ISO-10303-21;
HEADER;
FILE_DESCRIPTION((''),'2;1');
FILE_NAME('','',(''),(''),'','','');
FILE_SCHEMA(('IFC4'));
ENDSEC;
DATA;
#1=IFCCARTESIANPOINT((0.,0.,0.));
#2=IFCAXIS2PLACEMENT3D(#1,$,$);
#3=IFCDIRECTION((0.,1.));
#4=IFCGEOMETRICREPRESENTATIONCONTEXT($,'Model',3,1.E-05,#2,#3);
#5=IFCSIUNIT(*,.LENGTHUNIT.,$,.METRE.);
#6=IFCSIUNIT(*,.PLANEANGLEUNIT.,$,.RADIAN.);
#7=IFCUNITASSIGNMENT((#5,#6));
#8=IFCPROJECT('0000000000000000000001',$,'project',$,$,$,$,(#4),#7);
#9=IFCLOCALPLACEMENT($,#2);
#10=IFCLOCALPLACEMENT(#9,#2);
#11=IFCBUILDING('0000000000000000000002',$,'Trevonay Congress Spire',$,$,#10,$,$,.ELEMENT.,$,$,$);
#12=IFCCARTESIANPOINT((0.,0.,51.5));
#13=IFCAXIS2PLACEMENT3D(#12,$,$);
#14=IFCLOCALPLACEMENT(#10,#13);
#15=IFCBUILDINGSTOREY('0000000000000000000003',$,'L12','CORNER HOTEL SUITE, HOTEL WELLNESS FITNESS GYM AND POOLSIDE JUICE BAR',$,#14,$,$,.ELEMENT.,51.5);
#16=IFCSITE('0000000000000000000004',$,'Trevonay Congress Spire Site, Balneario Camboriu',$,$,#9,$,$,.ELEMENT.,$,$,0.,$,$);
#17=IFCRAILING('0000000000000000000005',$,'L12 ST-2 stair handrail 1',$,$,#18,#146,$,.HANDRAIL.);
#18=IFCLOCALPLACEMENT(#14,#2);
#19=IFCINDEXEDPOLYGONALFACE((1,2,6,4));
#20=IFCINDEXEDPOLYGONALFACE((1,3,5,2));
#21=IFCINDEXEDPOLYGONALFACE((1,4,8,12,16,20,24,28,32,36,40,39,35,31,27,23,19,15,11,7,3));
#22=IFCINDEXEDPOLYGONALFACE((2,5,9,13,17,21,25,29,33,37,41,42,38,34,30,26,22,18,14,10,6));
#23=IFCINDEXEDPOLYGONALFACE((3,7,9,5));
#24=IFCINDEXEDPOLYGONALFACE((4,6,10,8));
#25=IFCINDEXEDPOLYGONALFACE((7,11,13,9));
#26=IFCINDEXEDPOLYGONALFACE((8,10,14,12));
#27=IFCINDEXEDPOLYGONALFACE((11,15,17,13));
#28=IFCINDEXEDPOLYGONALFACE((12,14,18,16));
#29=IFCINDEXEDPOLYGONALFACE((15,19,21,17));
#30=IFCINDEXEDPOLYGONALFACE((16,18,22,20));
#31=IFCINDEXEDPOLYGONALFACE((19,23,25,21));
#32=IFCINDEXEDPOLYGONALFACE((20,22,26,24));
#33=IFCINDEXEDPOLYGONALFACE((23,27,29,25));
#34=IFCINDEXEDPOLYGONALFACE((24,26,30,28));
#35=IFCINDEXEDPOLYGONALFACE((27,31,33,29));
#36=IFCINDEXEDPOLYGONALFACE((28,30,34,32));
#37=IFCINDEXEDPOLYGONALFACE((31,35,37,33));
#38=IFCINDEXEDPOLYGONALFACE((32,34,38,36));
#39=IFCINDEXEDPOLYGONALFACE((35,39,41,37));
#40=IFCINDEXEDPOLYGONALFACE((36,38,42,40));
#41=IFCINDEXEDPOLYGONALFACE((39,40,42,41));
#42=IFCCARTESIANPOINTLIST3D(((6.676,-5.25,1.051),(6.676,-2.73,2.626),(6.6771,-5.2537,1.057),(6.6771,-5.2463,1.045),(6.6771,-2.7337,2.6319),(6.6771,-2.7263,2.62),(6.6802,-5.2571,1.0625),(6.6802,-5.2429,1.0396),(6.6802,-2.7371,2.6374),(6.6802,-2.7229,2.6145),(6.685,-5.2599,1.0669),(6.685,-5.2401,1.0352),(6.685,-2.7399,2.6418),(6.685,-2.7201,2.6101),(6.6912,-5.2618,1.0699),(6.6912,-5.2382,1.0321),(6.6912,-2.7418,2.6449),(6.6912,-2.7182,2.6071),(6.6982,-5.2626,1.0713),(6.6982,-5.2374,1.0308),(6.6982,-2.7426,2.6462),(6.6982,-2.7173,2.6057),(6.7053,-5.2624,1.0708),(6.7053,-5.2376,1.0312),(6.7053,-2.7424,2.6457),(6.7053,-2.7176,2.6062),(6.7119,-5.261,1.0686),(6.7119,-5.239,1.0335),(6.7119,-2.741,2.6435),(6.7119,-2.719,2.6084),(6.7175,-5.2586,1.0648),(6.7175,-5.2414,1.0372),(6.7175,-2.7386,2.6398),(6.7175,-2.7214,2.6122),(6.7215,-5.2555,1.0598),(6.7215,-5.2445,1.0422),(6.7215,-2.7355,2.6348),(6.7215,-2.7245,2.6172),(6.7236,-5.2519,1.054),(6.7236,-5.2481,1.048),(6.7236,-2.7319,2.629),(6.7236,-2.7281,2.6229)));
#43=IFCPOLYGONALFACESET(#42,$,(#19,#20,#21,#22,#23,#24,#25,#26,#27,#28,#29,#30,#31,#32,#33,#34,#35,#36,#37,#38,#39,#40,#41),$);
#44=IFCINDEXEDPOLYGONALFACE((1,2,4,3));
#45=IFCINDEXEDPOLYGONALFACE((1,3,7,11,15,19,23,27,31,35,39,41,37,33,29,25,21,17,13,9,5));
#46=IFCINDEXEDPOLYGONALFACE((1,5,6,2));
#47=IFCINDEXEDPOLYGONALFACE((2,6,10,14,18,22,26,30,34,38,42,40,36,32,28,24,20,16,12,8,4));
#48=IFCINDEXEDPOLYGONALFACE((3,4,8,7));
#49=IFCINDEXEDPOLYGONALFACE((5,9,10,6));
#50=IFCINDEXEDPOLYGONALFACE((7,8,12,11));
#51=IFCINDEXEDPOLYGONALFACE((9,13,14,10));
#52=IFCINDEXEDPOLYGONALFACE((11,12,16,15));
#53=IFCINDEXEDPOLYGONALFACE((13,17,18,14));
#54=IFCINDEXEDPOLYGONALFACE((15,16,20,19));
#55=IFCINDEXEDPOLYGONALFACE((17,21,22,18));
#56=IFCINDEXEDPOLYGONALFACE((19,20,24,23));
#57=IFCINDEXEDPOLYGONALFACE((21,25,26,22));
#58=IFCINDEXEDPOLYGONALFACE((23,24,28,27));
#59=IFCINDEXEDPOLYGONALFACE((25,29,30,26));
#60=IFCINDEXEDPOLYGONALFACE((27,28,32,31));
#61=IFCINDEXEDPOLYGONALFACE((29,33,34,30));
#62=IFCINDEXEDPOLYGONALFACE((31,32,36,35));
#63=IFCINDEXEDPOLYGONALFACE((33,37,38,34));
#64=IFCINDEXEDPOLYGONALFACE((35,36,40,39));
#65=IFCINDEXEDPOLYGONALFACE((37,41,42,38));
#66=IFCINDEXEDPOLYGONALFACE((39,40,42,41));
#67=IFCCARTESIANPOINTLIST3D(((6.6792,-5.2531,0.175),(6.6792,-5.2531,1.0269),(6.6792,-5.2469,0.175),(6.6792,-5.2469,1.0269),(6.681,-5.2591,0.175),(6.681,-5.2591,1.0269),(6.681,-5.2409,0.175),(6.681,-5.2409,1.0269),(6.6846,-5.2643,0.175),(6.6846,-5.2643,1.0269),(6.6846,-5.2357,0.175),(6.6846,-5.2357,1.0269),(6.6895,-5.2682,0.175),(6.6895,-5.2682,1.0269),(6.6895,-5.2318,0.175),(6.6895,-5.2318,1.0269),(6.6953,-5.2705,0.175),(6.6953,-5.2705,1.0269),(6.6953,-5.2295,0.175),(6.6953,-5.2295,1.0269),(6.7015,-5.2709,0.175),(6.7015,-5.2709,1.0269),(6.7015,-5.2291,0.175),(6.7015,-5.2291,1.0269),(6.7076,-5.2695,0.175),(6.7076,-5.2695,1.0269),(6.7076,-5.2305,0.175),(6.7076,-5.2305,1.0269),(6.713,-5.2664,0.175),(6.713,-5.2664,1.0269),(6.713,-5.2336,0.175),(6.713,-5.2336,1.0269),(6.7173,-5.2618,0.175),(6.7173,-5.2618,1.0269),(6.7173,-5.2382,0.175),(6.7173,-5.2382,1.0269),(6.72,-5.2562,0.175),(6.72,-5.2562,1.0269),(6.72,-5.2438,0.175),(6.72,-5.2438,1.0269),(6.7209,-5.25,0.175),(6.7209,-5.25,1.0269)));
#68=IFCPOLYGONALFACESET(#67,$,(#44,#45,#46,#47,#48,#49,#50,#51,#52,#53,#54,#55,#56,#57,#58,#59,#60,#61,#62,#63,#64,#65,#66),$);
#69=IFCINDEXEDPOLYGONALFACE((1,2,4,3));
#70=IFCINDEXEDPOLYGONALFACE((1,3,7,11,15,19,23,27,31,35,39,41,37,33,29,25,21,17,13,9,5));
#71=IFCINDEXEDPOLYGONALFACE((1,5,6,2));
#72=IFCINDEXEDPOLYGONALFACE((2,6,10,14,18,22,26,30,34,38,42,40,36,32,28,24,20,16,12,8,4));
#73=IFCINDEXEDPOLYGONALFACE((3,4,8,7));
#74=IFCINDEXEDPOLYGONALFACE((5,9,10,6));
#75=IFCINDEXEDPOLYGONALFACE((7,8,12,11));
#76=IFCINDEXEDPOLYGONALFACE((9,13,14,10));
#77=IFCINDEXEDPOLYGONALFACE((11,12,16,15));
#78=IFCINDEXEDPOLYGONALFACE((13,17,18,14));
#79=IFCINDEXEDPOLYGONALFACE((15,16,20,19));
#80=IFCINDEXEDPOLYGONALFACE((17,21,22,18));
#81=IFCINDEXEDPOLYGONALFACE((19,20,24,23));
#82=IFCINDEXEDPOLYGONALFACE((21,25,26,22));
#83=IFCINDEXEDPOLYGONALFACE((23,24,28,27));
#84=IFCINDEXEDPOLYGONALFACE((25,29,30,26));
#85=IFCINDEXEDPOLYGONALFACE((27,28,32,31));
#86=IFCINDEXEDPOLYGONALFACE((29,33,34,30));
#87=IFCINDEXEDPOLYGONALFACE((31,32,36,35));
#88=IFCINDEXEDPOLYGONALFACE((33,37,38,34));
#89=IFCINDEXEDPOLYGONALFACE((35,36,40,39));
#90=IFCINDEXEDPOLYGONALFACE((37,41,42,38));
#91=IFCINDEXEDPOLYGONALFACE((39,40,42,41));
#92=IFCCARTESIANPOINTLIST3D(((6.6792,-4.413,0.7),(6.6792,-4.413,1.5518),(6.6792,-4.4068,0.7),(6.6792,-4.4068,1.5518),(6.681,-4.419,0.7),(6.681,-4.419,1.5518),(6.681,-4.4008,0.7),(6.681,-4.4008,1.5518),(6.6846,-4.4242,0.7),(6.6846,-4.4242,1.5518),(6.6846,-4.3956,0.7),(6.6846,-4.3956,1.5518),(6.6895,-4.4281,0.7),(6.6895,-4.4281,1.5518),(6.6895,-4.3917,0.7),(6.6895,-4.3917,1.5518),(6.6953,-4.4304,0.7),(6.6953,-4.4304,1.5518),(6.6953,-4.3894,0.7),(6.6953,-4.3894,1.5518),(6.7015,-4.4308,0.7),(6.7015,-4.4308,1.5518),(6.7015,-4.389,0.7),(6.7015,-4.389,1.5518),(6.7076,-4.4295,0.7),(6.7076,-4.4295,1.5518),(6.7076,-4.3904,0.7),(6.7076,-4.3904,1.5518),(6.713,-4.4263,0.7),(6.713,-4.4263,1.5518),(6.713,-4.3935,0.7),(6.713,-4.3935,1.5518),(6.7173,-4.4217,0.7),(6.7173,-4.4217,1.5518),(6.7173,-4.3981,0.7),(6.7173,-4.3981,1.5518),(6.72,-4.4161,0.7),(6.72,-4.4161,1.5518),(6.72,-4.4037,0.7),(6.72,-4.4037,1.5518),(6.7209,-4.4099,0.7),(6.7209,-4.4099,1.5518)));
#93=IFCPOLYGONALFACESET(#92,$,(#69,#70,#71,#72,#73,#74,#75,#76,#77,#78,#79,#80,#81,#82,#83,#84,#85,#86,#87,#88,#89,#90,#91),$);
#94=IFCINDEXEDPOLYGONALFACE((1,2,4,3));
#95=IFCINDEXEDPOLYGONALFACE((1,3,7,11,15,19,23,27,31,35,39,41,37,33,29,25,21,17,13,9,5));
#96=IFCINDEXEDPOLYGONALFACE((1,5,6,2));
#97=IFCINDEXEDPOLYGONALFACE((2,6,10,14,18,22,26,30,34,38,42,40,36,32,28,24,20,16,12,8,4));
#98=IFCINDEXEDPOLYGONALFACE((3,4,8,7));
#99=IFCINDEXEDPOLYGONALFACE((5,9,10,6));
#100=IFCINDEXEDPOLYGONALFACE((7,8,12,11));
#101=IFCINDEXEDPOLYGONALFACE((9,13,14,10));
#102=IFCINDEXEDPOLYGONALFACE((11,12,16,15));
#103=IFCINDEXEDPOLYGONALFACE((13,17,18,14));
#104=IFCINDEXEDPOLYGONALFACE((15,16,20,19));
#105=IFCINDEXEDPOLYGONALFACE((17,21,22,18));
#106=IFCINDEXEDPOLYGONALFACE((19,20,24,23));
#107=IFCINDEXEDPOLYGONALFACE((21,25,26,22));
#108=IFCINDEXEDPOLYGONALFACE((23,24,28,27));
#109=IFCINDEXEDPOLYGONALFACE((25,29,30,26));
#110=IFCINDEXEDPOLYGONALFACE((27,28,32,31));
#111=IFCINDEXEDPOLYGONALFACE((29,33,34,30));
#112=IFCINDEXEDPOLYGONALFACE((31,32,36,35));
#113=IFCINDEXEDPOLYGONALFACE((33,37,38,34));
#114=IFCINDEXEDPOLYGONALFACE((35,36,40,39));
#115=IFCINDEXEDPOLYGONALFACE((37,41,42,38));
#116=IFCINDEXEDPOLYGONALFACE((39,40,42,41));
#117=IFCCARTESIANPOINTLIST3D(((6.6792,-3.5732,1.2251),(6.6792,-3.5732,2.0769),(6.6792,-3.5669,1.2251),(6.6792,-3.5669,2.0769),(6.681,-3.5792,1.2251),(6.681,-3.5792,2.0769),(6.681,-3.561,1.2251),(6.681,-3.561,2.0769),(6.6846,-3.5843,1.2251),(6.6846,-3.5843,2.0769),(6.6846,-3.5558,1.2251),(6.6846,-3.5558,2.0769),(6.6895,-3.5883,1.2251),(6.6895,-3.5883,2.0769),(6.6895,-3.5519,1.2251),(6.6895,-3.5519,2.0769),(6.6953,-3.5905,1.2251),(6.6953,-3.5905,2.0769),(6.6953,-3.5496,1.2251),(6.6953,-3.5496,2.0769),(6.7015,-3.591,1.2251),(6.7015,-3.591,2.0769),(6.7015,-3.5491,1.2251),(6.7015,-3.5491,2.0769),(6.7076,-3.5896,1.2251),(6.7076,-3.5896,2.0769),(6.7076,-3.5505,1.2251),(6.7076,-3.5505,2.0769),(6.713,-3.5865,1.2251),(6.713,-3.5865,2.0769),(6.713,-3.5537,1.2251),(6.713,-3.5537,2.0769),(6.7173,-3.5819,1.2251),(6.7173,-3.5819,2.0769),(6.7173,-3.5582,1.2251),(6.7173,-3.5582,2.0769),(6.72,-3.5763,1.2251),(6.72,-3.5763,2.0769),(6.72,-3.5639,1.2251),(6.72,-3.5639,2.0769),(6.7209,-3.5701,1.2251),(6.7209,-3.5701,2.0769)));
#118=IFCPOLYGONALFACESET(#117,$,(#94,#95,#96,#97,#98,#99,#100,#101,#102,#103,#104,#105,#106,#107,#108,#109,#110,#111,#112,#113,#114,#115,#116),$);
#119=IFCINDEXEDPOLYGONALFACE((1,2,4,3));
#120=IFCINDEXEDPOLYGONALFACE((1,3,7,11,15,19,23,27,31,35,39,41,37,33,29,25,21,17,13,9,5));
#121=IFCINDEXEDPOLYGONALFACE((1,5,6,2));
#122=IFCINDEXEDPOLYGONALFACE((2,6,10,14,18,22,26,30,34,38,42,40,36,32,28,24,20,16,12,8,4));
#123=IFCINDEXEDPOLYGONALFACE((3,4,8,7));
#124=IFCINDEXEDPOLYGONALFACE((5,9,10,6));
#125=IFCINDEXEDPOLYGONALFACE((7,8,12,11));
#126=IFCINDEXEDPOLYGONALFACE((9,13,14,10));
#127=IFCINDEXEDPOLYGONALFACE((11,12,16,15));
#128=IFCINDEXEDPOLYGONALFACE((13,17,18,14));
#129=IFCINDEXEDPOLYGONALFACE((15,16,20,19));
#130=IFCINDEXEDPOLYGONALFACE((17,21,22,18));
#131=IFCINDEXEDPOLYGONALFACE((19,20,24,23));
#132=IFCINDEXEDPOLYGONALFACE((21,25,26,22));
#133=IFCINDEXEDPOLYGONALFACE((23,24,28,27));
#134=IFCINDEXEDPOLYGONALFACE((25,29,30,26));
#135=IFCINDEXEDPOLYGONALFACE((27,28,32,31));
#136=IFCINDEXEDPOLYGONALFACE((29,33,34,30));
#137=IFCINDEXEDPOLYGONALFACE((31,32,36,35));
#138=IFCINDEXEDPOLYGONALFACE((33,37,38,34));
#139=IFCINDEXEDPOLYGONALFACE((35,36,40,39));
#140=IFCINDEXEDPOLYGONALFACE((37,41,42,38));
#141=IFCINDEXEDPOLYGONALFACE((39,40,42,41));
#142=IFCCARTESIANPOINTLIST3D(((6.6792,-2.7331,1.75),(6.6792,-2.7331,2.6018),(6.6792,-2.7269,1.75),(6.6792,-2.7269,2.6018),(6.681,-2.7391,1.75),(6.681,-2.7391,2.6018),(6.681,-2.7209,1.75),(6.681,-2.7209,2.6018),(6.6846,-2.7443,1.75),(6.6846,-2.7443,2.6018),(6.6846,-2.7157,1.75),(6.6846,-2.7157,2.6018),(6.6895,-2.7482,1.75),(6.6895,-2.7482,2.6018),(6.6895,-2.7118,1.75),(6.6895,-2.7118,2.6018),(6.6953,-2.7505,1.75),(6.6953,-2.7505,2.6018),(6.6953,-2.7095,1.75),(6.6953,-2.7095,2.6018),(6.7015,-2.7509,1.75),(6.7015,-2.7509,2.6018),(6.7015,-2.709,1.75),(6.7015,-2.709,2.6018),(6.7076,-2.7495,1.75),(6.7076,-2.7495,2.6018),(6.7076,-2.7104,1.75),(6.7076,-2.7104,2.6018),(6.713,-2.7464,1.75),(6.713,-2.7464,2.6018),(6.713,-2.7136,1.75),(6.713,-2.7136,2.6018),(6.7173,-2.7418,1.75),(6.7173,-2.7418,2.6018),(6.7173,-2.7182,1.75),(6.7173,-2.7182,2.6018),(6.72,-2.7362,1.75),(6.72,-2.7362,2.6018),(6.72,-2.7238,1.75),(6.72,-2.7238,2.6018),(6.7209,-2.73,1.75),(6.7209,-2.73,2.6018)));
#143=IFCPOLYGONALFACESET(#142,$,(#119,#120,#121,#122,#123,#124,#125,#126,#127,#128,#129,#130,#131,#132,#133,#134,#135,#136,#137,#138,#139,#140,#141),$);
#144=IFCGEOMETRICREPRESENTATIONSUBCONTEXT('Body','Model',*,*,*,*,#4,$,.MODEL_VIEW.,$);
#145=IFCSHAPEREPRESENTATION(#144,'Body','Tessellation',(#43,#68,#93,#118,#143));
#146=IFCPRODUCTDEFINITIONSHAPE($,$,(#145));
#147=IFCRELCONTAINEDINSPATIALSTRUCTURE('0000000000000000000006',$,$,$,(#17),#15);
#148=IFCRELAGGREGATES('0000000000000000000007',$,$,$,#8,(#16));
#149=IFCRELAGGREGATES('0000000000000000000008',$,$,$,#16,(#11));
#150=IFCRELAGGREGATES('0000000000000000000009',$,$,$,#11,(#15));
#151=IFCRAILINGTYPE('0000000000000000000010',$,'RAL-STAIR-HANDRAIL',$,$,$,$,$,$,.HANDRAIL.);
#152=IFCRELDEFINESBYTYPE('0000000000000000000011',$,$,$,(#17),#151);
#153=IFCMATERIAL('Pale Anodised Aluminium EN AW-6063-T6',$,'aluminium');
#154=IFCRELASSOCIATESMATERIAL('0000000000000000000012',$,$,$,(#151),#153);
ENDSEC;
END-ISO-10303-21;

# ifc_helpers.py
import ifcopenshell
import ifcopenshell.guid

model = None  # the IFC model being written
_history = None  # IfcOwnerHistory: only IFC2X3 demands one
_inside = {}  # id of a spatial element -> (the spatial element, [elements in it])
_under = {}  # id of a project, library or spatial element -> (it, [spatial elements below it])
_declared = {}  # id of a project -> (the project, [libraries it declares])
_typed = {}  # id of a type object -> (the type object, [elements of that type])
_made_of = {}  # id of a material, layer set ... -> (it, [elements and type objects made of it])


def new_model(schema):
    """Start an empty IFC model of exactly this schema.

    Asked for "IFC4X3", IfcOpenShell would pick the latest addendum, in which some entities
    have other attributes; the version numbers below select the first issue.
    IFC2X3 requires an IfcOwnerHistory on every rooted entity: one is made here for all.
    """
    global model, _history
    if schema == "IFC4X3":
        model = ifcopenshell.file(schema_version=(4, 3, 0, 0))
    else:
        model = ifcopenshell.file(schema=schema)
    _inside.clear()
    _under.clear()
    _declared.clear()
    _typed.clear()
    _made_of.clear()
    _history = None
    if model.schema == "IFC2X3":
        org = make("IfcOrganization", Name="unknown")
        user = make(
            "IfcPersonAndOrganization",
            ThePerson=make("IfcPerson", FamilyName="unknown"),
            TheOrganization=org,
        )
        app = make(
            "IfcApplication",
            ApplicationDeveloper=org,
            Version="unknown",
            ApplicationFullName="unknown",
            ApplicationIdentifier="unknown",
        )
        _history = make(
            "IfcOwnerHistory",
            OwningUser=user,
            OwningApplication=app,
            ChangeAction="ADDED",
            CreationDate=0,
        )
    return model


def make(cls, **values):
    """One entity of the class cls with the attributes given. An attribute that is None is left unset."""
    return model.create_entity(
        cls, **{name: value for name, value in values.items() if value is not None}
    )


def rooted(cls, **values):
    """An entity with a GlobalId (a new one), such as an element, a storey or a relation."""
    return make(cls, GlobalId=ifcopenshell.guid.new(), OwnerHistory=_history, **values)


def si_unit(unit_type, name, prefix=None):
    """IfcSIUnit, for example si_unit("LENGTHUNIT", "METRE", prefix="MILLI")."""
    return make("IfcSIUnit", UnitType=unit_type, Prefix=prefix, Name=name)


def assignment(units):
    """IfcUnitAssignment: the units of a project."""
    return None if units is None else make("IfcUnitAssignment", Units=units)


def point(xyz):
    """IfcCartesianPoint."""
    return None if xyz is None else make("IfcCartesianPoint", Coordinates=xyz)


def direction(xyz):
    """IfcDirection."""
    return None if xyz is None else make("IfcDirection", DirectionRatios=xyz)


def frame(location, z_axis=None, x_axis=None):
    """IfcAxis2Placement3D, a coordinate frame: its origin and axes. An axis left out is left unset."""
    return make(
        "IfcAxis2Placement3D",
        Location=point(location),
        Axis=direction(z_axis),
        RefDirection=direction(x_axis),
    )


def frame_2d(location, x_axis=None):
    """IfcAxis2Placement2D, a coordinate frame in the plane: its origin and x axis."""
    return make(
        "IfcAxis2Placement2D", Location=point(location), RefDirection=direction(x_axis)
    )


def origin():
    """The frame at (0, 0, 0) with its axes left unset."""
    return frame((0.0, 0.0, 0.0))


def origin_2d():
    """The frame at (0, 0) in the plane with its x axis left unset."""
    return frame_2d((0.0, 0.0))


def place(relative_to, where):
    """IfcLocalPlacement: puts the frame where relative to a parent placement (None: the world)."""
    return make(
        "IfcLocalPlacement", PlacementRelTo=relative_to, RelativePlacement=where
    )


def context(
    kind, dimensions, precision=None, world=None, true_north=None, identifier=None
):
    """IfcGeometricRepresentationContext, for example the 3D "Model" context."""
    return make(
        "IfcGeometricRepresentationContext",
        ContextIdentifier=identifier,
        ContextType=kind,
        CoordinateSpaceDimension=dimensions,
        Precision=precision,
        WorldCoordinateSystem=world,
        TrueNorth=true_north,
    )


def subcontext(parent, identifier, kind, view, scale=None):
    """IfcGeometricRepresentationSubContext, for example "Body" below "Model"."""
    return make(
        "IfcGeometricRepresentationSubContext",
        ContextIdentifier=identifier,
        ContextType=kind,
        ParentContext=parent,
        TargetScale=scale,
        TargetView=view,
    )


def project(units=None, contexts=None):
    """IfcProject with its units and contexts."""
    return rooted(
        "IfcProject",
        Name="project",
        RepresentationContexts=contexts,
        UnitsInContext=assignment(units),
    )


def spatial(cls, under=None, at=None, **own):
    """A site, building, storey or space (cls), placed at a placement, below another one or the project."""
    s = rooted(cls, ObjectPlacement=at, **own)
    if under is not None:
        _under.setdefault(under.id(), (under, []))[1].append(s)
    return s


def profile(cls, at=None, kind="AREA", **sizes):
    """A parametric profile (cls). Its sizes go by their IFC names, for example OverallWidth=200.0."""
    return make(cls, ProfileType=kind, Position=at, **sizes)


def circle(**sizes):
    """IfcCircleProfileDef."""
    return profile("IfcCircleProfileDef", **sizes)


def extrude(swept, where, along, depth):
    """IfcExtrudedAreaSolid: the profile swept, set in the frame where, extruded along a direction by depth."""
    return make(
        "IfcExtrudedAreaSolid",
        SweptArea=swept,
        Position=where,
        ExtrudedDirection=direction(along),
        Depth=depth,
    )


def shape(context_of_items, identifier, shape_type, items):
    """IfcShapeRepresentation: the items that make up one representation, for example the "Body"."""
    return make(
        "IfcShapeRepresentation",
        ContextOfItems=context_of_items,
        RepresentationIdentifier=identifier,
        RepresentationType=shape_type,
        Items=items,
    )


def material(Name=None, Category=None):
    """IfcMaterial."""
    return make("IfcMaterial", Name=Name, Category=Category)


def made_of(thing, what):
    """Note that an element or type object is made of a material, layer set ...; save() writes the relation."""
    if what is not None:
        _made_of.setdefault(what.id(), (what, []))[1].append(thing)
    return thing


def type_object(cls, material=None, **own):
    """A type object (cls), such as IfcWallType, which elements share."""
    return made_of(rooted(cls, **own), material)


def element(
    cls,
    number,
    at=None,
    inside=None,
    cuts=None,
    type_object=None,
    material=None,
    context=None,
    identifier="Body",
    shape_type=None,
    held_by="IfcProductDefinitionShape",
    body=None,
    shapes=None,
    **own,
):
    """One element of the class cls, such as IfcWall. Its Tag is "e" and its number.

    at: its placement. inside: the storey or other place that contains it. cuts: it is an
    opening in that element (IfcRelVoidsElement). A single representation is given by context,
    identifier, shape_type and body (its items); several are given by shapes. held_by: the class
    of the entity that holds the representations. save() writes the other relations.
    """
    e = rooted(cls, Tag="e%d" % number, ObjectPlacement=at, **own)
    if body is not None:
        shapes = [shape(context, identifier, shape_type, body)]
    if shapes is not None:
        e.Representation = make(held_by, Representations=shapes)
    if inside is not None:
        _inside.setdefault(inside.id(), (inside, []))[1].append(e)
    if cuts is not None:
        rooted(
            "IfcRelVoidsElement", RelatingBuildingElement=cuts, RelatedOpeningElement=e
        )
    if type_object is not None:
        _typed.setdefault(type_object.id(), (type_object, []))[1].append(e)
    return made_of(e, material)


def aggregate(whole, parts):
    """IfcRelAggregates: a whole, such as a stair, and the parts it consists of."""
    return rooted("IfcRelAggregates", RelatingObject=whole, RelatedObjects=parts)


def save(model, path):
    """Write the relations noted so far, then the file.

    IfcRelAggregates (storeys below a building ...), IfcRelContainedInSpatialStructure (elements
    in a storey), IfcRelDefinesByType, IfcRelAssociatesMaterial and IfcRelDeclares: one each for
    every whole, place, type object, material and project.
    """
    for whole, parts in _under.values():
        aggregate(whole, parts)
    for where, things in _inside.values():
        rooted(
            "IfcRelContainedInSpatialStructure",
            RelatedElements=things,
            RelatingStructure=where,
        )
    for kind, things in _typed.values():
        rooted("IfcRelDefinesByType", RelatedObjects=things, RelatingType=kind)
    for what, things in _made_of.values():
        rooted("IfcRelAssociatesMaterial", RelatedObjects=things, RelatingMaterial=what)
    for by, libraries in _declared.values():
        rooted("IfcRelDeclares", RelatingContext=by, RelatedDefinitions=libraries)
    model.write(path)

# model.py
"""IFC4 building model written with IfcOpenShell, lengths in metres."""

from ifc_helpers import new_model, si_unit, direction, frame, origin, origin_2d, place, context, subcontext, project, spatial, circle, extrude, material, type_object, element, save


model = new_model("IFC4")

# Units and contexts
model_context = context("Model", 3, precision=1e-05, world=origin(), true_north=direction((0.0, 1.0)))
body_context = subcontext(model_context, "Body", "Model", "MODEL_VIEW")
ifc_project = project(units=[si_unit("LENGTHUNIT", "METRE"), si_unit("PLANEANGLEUNIT", "RADIAN")], contexts=[model_context])

# Site, building, storey
site_placement = place(None, origin())
site = spatial("IfcSite", under=ifc_project, at=site_placement, Name="Trevonay Congress Spire Site, Balneario Camboriu", CompositionType="ELEMENT", RefElevation=0.0)
building_placement = place(site_placement, origin())
building = spatial("IfcBuilding", under=site, at=building_placement, Name="Trevonay Congress Spire", CompositionType="ELEMENT")
storey_placement = place(building_placement, frame((0.0, 0.0, 51.5)))
storey = spatial("IfcBuildingStorey", under=building, at=storey_placement, Name="L12", Description="CORNER HOTEL SUITE, HOTEL WELLNESS FITNESS GYM AND POOLSIDE JUICE BAR", CompositionType="ELEMENT", Elevation=51.5)

# Railing
ifc_material_1 = material(Name="Pale Anodised Aluminium EN AW-6063-T6", Category="aluminium")
railing_type_1 = type_object("IfcRailingType", Name="RAL-STAIR-HANDRAIL", PredefinedType="HANDRAIL", material=ifc_material_1)
railing_1_placement = place(storey_placement, frame((6.7, -5.25, 0.175)))
element("IfcRailing", 1, at=railing_1_placement, inside=storey, type_object=railing_type_1, Name="L12 ST-2 stair handrail 1", PredefinedType="HANDRAIL", context=body_context, shape_type="SweptSolid", body=[
    extrude(circle(Radius=0.0239, at=origin_2d()), frame((0.0, 0.0, 0.876), z_axis=(0.0, 0.848008, 0.529984), x_axis=(-1.0, 0.0, 0.0)), (0.0, 0.0, 1.0), 2.9717),
    extrude(circle(Radius=0.021, at=origin_2d()), origin(), (0.0, 0.0, 1.0), 0.8518),
    extrude(circle(Radius=0.021, at=origin_2d()), frame((0.0, 0.8401, 0.5249)), (0.0, 0.0, 1.0), 0.8518),
    extrude(circle(Radius=0.021, at=origin_2d()), frame((0.0, 1.6799, 1.05)), (0.0, 0.0, 1.0), 0.8518),
    extrude(circle(Radius=0.021, at=origin_2d()), frame((0.0, 2.52, 1.575)), (0.0, 0.0, 1.0), 0.8518),
])

save(model, "model.ifc")
